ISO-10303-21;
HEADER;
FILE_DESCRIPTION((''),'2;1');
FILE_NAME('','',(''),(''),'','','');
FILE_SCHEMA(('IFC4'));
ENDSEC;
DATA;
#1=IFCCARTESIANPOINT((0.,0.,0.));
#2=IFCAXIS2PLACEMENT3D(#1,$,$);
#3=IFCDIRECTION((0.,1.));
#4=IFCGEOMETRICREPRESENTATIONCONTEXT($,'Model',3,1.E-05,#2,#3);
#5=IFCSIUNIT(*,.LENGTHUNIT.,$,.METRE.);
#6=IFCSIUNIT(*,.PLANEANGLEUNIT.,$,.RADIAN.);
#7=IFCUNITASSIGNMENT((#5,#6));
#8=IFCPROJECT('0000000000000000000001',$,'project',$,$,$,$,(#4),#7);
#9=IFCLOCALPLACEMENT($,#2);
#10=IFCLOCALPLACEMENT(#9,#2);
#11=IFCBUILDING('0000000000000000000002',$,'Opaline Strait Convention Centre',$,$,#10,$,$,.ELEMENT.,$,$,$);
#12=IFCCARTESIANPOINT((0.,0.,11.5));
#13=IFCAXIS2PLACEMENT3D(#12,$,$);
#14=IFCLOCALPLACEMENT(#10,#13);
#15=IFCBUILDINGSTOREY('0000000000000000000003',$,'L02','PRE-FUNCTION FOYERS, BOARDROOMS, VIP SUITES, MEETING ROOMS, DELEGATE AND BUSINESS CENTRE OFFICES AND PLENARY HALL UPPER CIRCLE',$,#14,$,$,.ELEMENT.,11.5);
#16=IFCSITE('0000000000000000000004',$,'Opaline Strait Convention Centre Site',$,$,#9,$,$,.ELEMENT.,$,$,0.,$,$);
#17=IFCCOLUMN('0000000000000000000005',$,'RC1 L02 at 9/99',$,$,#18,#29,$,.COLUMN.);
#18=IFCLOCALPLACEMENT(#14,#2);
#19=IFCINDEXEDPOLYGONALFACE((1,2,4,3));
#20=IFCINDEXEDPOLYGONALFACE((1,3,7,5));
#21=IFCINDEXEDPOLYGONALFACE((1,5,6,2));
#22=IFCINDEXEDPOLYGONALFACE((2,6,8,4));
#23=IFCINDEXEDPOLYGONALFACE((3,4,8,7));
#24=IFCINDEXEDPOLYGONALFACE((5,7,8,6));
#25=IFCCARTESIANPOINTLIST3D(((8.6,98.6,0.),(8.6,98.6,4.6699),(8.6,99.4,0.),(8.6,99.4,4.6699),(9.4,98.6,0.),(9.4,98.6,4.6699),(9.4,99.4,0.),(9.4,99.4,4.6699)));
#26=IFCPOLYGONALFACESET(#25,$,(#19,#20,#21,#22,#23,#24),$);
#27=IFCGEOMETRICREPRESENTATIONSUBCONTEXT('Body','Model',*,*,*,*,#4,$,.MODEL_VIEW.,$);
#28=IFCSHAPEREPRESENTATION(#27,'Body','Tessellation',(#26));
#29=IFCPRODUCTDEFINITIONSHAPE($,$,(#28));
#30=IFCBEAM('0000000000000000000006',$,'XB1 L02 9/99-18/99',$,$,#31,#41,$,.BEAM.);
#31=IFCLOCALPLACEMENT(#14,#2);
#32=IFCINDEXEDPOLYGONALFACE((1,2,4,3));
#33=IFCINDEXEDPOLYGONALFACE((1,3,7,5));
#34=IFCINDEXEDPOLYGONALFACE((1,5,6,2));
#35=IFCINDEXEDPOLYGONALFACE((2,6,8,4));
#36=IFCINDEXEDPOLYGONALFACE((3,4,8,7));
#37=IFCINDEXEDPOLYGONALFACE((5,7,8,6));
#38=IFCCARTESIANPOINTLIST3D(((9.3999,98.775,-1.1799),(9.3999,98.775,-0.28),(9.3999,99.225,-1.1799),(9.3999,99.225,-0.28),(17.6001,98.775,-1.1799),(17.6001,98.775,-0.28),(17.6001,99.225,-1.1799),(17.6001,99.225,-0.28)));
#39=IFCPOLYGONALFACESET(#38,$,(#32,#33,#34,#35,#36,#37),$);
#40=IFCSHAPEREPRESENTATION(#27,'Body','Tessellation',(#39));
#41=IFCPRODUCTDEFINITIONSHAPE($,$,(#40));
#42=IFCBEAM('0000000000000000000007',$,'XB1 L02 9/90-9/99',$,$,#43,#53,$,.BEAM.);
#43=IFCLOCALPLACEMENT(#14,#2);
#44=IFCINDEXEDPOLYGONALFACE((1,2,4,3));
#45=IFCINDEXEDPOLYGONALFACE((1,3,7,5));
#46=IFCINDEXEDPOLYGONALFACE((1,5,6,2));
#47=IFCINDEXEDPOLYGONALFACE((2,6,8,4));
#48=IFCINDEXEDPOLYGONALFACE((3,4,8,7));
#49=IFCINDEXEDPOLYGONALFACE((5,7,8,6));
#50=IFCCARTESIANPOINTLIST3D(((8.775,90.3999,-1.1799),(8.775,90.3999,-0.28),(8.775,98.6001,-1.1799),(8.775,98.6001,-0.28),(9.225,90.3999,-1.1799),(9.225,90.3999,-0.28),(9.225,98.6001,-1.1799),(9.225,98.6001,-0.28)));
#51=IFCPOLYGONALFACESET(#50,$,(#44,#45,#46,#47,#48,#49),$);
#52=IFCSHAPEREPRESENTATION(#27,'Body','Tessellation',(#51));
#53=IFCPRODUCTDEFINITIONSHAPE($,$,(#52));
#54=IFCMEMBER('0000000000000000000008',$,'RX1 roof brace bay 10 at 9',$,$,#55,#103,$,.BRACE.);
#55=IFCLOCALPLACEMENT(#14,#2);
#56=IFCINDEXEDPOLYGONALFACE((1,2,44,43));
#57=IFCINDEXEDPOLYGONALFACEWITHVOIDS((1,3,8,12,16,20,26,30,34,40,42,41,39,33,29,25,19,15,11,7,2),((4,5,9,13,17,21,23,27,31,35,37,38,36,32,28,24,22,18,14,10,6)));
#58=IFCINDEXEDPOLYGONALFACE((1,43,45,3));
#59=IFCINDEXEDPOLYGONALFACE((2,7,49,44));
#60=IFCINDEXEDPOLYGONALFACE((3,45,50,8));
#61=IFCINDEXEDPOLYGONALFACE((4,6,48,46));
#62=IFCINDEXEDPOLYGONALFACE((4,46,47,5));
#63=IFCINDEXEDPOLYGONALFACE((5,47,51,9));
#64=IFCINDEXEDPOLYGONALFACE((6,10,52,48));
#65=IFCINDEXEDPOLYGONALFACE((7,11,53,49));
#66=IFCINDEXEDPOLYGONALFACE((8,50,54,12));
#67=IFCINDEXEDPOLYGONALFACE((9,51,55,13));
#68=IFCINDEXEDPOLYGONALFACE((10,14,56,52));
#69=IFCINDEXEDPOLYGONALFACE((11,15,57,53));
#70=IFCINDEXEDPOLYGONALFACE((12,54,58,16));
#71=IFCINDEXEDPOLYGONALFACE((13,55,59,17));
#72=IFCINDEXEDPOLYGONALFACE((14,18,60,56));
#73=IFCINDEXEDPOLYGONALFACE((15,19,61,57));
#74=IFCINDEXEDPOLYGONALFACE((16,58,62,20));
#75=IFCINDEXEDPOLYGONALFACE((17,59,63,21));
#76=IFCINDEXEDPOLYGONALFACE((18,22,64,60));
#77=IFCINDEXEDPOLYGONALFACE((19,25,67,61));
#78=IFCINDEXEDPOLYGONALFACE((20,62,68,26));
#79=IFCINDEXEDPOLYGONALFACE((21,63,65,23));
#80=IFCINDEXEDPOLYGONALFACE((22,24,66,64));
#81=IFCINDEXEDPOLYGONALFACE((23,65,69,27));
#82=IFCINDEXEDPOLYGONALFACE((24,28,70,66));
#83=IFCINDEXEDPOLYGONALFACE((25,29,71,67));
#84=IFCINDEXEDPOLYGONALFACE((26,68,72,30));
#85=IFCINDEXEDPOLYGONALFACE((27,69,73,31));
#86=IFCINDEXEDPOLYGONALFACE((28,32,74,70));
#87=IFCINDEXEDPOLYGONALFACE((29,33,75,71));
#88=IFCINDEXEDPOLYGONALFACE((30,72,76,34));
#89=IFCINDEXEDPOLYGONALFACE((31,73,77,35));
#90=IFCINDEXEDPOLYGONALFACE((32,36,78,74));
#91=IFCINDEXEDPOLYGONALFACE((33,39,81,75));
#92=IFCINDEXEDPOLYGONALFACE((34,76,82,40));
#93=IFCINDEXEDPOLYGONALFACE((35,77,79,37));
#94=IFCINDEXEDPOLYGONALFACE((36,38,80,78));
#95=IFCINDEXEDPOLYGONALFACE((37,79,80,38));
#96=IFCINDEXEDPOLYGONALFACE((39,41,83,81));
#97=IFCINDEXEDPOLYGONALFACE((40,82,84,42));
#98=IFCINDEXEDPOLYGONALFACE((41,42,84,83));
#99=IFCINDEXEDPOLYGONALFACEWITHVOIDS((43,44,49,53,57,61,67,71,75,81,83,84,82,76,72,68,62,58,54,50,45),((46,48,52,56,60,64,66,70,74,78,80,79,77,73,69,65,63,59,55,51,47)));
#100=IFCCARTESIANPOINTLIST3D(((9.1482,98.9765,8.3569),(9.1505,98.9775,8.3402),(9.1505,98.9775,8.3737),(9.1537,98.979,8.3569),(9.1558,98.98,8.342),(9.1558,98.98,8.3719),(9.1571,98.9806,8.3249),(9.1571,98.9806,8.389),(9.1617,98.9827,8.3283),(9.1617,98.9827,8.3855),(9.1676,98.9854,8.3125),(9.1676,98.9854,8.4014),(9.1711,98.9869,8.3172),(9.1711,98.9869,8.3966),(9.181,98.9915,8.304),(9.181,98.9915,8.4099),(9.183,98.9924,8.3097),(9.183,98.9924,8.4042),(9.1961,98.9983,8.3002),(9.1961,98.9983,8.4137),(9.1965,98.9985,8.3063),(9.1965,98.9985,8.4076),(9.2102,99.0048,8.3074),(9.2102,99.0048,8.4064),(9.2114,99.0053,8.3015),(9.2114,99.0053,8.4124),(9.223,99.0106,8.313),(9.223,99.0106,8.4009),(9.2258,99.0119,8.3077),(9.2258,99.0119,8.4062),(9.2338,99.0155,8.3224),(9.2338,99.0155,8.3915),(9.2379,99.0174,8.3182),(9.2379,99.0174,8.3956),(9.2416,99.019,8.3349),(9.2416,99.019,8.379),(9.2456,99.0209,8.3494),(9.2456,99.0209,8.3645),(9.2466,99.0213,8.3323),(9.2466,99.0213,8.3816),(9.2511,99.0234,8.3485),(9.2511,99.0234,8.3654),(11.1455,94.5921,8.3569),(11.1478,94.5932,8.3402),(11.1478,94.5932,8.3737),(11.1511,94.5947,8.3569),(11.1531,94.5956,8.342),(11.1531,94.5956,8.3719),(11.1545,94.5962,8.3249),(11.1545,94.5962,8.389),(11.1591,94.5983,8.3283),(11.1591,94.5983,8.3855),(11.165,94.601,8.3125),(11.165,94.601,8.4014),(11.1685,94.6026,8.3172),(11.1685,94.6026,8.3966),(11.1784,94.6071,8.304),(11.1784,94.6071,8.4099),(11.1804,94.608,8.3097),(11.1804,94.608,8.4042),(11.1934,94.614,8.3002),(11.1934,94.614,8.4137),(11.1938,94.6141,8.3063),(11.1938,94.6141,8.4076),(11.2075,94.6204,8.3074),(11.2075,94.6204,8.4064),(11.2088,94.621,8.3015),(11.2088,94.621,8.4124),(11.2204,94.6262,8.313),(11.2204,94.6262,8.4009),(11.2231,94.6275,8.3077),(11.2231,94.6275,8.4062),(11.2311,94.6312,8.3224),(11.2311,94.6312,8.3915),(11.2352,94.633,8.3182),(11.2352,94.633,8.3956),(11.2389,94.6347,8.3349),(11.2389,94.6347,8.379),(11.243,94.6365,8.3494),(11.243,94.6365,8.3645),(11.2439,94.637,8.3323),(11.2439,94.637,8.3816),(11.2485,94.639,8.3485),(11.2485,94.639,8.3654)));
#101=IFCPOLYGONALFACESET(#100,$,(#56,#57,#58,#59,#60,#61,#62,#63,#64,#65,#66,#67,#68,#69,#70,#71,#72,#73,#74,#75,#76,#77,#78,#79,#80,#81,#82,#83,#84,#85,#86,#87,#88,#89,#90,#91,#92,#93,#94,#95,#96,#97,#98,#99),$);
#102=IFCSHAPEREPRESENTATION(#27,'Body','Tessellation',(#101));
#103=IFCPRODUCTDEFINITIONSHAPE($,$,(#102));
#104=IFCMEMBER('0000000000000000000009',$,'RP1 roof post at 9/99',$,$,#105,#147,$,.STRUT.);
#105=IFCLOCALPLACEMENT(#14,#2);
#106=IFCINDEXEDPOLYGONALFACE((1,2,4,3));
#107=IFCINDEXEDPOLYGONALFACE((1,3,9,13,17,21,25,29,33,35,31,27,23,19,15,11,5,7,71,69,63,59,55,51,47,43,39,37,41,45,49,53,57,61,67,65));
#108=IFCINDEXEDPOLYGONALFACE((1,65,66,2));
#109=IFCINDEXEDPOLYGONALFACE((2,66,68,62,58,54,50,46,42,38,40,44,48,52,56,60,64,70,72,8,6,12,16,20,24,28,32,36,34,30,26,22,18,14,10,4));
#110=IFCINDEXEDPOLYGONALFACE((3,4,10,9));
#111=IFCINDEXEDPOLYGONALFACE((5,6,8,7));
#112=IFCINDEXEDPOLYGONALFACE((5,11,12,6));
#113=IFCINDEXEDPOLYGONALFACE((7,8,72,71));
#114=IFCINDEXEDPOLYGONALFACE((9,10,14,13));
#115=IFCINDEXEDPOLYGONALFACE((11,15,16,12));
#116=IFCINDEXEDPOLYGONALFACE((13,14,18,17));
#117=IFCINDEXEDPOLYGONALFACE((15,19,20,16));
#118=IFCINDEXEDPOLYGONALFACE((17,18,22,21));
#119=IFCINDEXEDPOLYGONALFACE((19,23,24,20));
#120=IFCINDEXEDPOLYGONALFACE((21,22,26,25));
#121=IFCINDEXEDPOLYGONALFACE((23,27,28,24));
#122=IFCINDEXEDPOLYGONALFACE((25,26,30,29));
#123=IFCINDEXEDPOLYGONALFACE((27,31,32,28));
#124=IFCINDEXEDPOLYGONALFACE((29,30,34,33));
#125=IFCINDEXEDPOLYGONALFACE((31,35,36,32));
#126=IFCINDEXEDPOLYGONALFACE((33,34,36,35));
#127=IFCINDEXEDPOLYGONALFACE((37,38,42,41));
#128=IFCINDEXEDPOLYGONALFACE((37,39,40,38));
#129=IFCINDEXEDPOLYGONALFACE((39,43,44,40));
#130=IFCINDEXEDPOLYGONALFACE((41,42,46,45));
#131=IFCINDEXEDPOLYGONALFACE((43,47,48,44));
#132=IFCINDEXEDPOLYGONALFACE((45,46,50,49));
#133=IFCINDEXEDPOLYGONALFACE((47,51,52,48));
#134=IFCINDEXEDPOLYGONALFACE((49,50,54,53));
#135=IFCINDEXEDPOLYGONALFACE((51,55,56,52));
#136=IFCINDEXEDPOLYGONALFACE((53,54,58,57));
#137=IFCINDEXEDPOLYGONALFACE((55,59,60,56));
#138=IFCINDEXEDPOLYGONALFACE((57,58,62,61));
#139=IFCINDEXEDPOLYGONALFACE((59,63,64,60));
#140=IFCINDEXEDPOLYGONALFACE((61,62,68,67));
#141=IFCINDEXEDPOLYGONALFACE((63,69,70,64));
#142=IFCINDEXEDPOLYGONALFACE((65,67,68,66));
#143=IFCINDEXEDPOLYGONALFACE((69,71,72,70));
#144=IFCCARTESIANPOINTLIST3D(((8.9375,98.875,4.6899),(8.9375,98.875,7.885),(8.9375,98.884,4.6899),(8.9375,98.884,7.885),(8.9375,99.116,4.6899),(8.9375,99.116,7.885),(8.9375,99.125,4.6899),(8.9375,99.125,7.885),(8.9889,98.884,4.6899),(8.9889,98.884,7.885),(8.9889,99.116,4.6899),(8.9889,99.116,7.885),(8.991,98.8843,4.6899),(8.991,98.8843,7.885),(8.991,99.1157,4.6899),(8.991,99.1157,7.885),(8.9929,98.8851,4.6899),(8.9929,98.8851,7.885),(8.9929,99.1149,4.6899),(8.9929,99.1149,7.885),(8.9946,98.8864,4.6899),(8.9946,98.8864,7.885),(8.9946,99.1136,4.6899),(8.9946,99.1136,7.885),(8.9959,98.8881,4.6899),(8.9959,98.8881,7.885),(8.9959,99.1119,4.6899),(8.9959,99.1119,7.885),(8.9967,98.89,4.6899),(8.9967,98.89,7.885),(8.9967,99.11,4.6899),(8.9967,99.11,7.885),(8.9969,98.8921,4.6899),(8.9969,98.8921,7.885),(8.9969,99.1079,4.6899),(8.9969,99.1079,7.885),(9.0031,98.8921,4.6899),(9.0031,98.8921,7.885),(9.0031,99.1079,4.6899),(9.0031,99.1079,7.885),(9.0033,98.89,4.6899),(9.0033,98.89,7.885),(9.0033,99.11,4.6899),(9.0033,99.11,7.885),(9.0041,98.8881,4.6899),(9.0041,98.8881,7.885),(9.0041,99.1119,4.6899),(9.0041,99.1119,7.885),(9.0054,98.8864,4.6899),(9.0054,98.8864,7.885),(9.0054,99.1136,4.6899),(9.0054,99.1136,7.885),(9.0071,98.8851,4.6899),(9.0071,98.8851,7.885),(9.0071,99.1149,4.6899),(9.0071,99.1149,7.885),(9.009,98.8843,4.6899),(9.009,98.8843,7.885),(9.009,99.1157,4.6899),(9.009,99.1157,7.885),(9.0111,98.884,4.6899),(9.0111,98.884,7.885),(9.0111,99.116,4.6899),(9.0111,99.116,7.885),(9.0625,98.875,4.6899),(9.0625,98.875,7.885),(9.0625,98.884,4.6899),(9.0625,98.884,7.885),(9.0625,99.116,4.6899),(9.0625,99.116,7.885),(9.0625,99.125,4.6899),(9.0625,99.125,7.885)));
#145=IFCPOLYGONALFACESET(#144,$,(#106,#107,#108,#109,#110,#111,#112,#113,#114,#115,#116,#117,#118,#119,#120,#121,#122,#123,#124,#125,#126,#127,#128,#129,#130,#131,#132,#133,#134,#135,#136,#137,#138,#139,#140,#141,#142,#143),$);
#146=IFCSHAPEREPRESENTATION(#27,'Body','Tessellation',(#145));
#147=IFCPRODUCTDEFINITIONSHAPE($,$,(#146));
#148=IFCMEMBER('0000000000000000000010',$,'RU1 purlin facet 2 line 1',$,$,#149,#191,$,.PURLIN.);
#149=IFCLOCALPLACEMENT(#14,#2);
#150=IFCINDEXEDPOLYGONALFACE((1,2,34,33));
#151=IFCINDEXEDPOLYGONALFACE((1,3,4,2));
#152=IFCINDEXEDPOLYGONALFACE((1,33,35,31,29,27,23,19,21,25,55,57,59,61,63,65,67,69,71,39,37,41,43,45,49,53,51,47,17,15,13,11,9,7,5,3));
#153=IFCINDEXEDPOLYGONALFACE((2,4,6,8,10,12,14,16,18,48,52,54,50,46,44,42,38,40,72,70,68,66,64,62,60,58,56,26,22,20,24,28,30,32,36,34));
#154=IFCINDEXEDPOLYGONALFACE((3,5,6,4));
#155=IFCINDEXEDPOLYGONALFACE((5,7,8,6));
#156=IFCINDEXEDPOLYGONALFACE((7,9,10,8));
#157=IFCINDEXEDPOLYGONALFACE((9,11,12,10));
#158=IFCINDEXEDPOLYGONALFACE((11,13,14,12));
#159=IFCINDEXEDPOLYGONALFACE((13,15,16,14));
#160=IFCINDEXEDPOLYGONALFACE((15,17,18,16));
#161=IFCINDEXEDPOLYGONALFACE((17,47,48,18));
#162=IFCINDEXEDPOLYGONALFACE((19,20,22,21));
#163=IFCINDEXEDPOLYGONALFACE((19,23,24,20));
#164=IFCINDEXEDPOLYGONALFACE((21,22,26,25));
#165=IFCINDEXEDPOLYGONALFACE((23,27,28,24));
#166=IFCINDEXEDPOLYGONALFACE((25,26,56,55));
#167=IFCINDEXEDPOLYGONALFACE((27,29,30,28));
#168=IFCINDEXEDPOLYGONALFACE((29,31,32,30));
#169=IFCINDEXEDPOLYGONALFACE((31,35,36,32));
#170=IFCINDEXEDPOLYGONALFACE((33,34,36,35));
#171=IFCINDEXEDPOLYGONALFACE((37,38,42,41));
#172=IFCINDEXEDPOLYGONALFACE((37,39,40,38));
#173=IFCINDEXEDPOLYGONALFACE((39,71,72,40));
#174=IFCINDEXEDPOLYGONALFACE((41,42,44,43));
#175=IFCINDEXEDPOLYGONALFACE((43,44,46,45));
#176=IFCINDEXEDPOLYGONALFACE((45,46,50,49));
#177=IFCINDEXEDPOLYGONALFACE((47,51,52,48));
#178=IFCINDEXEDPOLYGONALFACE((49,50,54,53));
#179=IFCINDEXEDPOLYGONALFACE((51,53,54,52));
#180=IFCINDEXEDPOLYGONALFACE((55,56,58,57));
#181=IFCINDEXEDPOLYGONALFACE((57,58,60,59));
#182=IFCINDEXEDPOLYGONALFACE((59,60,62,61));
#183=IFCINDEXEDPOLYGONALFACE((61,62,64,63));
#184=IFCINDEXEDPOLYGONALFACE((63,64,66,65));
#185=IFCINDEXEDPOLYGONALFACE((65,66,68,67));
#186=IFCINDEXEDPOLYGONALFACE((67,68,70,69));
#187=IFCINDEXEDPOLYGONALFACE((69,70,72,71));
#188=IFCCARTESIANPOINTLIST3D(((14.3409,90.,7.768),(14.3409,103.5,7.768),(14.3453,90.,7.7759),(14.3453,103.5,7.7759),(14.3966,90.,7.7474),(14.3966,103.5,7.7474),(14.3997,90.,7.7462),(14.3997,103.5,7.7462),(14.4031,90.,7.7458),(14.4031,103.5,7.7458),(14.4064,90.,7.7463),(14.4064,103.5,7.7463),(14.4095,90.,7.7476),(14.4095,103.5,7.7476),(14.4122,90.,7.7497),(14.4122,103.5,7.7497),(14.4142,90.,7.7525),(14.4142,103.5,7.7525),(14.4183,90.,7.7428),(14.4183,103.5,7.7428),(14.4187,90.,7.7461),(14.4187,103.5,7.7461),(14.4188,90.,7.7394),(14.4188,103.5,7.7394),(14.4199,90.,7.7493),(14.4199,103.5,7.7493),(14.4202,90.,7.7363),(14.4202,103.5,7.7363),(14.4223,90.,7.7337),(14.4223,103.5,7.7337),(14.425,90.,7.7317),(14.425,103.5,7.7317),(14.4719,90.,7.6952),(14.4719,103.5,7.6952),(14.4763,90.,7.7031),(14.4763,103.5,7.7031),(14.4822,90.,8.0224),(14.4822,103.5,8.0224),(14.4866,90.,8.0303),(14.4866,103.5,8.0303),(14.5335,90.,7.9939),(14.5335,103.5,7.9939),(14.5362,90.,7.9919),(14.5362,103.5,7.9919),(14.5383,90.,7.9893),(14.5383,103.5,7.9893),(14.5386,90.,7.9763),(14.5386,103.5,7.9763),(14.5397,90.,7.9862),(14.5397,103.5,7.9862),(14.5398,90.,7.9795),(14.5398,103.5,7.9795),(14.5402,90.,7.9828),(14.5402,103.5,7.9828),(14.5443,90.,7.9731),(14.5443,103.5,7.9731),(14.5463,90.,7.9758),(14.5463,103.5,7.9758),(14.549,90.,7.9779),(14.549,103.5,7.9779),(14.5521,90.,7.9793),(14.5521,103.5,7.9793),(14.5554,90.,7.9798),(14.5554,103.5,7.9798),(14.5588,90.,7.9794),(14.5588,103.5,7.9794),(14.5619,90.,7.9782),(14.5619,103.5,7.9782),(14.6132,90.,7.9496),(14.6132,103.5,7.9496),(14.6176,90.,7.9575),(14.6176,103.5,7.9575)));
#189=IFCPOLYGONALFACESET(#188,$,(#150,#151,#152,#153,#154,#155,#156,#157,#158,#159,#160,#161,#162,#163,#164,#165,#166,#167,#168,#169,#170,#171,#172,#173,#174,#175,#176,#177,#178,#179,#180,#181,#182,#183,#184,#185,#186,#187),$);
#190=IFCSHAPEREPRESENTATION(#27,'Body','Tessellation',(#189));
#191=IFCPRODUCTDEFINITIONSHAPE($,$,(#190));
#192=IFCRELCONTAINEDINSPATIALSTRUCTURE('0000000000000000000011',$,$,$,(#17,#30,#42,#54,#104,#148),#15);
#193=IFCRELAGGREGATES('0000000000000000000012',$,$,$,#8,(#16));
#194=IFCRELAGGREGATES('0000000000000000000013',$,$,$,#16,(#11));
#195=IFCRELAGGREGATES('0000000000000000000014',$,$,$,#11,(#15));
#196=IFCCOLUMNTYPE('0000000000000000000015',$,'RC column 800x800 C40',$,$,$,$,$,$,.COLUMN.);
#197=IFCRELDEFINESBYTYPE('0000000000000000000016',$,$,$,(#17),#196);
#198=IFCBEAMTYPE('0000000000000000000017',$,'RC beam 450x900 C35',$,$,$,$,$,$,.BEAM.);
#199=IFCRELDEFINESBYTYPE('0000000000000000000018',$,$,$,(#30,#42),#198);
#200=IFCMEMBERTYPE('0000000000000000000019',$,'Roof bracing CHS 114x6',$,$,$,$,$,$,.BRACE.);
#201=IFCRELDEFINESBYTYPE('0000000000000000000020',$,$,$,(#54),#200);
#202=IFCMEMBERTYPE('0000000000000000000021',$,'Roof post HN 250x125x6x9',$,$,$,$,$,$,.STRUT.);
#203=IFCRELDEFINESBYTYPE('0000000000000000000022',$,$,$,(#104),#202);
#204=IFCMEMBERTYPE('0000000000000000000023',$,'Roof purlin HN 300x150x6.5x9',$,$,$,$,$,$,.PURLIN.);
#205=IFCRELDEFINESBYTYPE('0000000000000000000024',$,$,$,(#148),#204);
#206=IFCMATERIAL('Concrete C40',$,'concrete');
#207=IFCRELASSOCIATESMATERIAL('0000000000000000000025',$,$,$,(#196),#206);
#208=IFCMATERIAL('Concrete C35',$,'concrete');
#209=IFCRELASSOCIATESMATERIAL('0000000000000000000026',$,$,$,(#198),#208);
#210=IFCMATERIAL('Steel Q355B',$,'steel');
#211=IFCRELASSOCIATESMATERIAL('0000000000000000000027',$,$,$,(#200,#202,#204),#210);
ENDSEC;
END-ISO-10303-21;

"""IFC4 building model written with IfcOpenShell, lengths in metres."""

from ifc_helpers import new_model, si_unit, direction, frame, origin, origin_2d, place, context, subcontext, project, spatial, rectangle, hollow_circle, i_section, extrude, material, material_profile, profile_set, type_object, element, save


model = new_model("IFC4")

# Units and contexts
model_context = context("Model", 3, precision=1e-05, world=origin(), true_north=direction((0.0, 1.0)))
body_context = subcontext(model_context, "Body", "Model", "MODEL_VIEW")
ifc_project = project(units=[si_unit("LENGTHUNIT", "METRE"), si_unit("PLANEANGLEUNIT", "RADIAN")], contexts=[model_context])

# Site, building, storey
site_placement = place(None, origin())
site = spatial("IfcSite", under=ifc_project, at=site_placement, Name="Opaline Strait Convention Centre Site", CompositionType="ELEMENT", RefElevation=0.0)
building_placement = place(site_placement, origin())
building = spatial("IfcBuilding", under=site, at=building_placement, Name="Opaline Strait Convention Centre", CompositionType="ELEMENT")
storey_placement = place(building_placement, frame((0.0, 0.0, 11.5)))
storey = spatial("IfcBuildingStorey", under=building, at=storey_placement, Name="L02", Description="PRE-FUNCTION FOYERS, BOARDROOMS, VIP SUITES, MEETING ROOMS, DELEGATE AND BUSINESS CENTRE OFFICES AND PLENARY HALL UPPER CIRCLE", CompositionType="ELEMENT", Elevation=11.5)

# Column
ifc_material_1 = material(Name="Concrete C40", Category="concrete")
ifc_material_profile_1 = material_profile(ifc_material_1, rectangle(XDim=0.8, YDim=0.8, at=origin_2d()), Name="RC 800x800")
ifc_profile_set_1 = profile_set([ifc_material_profile_1], Name="Concrete C40")
column_type = type_object("IfcColumnType", Name="RC column 800x800 C40", PredefinedType="COLUMN", material=ifc_profile_set_1)
column_placement = place(storey_placement, frame((9.0, 99.0, 0.0), z_axis=(0.0, 0.0, 1.0), x_axis=(1.0, 0.0, 0.0)))
element("IfcColumn", 1, at=column_placement, inside=storey, type_object=column_type, Name="RC1 L02 at 9/99", PredefinedType="COLUMN", context=body_context, shape_type="SweptSolid", body=[
    extrude(rectangle(XDim=0.8, YDim=0.8, at=origin_2d()), origin(), (0.0, 0.0, 1.0), 4.6699),
])

# Beams
ifc_material_2 = material(Name="Concrete C35", Category="concrete")
ifc_material_profile_2 = material_profile(ifc_material_2, rectangle(XDim=0.45, YDim=0.8999, at=origin_2d()), Name="RC 450x900")
ifc_profile_set_2 = profile_set([ifc_material_profile_2], Name="Concrete C35")
beam_type = type_object("IfcBeamType", Name="RC beam 450x900 C35", PredefinedType="BEAM", material=ifc_profile_set_2)
for number, where, z_axis, x_axis, name in (
    (2, (9.3999, 99.0, -0.73), (1.0, 0.0, 0.0), (0.0, 1.0, 0.0), "XB1 L02 9/99-18/99"),
    (3, (9.0, 90.3999, -0.73), (0.0, 1.0, 0.0), (-1.0, 0.0, 0.0), "XB1 L02 9/90-9/99"),
):
    element("IfcBeam", number, at=place(storey_placement, frame(where, z_axis=z_axis, x_axis=x_axis)), inside=storey, type_object=beam_type, Name=name, PredefinedType="BEAM", context=body_context, shape_type="SweptSolid", body=[
        extrude(rectangle(XDim=0.45, YDim=0.8999, at=origin_2d()), origin(), (0.0, 0.0, 1.0), 8.2002),
    ])

# Members
ifc_material_3 = material(Name="Steel Q355B", Category="steel")
ifc_material_profile_3 = material_profile(ifc_material_3, hollow_circle(Radius=0.0569, WallThickness=0.0061, at=origin_2d()), Name="CHS 114x6")
ifc_profile_set_3 = profile_set([ifc_material_profile_3], Name="Steel Q355B")
member_type_1 = type_object("IfcMemberType", Name="Roof bracing CHS 114x6", PredefinedType="BRACE", material=ifc_profile_set_3)
member_1_placement = place(storey_placement, frame((11.1973, 94.6157, 8.3569), z_axis=(-0.41457, 0.910017, 0.0), x_axis=(-0.910017, -0.41457, 0.0)))
element("IfcMember", 4, at=member_1_placement, inside=storey, type_object=member_type_1, Name="RX1 roof brace bay 10 at 9", PredefinedType="BRACE", context=body_context, shape_type="SweptSolid", body=[
    extrude(hollow_circle(Radius=0.0569, WallThickness=0.0061, at=origin_2d()), origin(), (0.0, 0.0, 1.0), 4.8179),
])
ifc_material_profile_4 = material_profile(ifc_material_3, i_section(OverallWidth=0.125, OverallDepth=0.25, WebThickness=0.0061, FlangeThickness=0.009, FilletRadius=0.0081, at=origin_2d()), Name="HN 250x125x6x9")
ifc_profile_set_4 = profile_set([ifc_material_profile_4], Name="Steel Q355B")
member_type_2 = type_object("IfcMemberType", Name="Roof post HN 250x125x6x9", PredefinedType="STRUT", material=ifc_profile_set_4)
member_2_placement = place(storey_placement, frame((9.0, 99.0, 4.6899), z_axis=(0.0, 0.0, 1.0), x_axis=(1.0, 0.0, 0.0)))
element("IfcMember", 5, at=member_2_placement, inside=storey, type_object=member_type_2, Name="RP1 roof post at 9/99", PredefinedType="STRUT", context=body_context, shape_type="SweptSolid", body=[
    extrude(i_section(OverallWidth=0.125, OverallDepth=0.25, WebThickness=0.0061, FlangeThickness=0.009, FilletRadius=0.0081, at=origin_2d()), origin(), (0.0, 0.0, 1.0), 3.1951),
])
ifc_material_profile_5 = material_profile(ifc_material_3, i_section(OverallWidth=0.1499, OverallDepth=0.3, WebThickness=0.0066, FlangeThickness=0.009, FilletRadius=0.0129, at=origin_2d()), Name="HN 300x150x6.5x9")
ifc_profile_set_5 = profile_set([ifc_material_profile_5], Name="Steel Q355B")
member_type_3 = type_object("IfcMemberType", Name="Roof purlin HN 300x150x6.5x9", PredefinedType="PURLIN", material=ifc_profile_set_5)
member_3_placement = place(storey_placement, frame((14.4792, 90.0, 7.8628), z_axis=(0.0, 1.0, 0.0), x_axis=(-0.874157, 0.0, 0.485643)))
element("IfcMember", 6, at=member_3_placement, inside=storey, type_object=member_type_3, Name="RU1 purlin facet 2 line 1", PredefinedType="PURLIN", context=body_context, shape_type="SweptSolid", body=[
    extrude(i_section(OverallWidth=0.1499, OverallDepth=0.3, WebThickness=0.0066, FlangeThickness=0.009, FilletRadius=0.0129, at=origin_2d()), origin(), (0.0, 0.0, 1.0), 13.5),
])

save(model, "model.ifc")
